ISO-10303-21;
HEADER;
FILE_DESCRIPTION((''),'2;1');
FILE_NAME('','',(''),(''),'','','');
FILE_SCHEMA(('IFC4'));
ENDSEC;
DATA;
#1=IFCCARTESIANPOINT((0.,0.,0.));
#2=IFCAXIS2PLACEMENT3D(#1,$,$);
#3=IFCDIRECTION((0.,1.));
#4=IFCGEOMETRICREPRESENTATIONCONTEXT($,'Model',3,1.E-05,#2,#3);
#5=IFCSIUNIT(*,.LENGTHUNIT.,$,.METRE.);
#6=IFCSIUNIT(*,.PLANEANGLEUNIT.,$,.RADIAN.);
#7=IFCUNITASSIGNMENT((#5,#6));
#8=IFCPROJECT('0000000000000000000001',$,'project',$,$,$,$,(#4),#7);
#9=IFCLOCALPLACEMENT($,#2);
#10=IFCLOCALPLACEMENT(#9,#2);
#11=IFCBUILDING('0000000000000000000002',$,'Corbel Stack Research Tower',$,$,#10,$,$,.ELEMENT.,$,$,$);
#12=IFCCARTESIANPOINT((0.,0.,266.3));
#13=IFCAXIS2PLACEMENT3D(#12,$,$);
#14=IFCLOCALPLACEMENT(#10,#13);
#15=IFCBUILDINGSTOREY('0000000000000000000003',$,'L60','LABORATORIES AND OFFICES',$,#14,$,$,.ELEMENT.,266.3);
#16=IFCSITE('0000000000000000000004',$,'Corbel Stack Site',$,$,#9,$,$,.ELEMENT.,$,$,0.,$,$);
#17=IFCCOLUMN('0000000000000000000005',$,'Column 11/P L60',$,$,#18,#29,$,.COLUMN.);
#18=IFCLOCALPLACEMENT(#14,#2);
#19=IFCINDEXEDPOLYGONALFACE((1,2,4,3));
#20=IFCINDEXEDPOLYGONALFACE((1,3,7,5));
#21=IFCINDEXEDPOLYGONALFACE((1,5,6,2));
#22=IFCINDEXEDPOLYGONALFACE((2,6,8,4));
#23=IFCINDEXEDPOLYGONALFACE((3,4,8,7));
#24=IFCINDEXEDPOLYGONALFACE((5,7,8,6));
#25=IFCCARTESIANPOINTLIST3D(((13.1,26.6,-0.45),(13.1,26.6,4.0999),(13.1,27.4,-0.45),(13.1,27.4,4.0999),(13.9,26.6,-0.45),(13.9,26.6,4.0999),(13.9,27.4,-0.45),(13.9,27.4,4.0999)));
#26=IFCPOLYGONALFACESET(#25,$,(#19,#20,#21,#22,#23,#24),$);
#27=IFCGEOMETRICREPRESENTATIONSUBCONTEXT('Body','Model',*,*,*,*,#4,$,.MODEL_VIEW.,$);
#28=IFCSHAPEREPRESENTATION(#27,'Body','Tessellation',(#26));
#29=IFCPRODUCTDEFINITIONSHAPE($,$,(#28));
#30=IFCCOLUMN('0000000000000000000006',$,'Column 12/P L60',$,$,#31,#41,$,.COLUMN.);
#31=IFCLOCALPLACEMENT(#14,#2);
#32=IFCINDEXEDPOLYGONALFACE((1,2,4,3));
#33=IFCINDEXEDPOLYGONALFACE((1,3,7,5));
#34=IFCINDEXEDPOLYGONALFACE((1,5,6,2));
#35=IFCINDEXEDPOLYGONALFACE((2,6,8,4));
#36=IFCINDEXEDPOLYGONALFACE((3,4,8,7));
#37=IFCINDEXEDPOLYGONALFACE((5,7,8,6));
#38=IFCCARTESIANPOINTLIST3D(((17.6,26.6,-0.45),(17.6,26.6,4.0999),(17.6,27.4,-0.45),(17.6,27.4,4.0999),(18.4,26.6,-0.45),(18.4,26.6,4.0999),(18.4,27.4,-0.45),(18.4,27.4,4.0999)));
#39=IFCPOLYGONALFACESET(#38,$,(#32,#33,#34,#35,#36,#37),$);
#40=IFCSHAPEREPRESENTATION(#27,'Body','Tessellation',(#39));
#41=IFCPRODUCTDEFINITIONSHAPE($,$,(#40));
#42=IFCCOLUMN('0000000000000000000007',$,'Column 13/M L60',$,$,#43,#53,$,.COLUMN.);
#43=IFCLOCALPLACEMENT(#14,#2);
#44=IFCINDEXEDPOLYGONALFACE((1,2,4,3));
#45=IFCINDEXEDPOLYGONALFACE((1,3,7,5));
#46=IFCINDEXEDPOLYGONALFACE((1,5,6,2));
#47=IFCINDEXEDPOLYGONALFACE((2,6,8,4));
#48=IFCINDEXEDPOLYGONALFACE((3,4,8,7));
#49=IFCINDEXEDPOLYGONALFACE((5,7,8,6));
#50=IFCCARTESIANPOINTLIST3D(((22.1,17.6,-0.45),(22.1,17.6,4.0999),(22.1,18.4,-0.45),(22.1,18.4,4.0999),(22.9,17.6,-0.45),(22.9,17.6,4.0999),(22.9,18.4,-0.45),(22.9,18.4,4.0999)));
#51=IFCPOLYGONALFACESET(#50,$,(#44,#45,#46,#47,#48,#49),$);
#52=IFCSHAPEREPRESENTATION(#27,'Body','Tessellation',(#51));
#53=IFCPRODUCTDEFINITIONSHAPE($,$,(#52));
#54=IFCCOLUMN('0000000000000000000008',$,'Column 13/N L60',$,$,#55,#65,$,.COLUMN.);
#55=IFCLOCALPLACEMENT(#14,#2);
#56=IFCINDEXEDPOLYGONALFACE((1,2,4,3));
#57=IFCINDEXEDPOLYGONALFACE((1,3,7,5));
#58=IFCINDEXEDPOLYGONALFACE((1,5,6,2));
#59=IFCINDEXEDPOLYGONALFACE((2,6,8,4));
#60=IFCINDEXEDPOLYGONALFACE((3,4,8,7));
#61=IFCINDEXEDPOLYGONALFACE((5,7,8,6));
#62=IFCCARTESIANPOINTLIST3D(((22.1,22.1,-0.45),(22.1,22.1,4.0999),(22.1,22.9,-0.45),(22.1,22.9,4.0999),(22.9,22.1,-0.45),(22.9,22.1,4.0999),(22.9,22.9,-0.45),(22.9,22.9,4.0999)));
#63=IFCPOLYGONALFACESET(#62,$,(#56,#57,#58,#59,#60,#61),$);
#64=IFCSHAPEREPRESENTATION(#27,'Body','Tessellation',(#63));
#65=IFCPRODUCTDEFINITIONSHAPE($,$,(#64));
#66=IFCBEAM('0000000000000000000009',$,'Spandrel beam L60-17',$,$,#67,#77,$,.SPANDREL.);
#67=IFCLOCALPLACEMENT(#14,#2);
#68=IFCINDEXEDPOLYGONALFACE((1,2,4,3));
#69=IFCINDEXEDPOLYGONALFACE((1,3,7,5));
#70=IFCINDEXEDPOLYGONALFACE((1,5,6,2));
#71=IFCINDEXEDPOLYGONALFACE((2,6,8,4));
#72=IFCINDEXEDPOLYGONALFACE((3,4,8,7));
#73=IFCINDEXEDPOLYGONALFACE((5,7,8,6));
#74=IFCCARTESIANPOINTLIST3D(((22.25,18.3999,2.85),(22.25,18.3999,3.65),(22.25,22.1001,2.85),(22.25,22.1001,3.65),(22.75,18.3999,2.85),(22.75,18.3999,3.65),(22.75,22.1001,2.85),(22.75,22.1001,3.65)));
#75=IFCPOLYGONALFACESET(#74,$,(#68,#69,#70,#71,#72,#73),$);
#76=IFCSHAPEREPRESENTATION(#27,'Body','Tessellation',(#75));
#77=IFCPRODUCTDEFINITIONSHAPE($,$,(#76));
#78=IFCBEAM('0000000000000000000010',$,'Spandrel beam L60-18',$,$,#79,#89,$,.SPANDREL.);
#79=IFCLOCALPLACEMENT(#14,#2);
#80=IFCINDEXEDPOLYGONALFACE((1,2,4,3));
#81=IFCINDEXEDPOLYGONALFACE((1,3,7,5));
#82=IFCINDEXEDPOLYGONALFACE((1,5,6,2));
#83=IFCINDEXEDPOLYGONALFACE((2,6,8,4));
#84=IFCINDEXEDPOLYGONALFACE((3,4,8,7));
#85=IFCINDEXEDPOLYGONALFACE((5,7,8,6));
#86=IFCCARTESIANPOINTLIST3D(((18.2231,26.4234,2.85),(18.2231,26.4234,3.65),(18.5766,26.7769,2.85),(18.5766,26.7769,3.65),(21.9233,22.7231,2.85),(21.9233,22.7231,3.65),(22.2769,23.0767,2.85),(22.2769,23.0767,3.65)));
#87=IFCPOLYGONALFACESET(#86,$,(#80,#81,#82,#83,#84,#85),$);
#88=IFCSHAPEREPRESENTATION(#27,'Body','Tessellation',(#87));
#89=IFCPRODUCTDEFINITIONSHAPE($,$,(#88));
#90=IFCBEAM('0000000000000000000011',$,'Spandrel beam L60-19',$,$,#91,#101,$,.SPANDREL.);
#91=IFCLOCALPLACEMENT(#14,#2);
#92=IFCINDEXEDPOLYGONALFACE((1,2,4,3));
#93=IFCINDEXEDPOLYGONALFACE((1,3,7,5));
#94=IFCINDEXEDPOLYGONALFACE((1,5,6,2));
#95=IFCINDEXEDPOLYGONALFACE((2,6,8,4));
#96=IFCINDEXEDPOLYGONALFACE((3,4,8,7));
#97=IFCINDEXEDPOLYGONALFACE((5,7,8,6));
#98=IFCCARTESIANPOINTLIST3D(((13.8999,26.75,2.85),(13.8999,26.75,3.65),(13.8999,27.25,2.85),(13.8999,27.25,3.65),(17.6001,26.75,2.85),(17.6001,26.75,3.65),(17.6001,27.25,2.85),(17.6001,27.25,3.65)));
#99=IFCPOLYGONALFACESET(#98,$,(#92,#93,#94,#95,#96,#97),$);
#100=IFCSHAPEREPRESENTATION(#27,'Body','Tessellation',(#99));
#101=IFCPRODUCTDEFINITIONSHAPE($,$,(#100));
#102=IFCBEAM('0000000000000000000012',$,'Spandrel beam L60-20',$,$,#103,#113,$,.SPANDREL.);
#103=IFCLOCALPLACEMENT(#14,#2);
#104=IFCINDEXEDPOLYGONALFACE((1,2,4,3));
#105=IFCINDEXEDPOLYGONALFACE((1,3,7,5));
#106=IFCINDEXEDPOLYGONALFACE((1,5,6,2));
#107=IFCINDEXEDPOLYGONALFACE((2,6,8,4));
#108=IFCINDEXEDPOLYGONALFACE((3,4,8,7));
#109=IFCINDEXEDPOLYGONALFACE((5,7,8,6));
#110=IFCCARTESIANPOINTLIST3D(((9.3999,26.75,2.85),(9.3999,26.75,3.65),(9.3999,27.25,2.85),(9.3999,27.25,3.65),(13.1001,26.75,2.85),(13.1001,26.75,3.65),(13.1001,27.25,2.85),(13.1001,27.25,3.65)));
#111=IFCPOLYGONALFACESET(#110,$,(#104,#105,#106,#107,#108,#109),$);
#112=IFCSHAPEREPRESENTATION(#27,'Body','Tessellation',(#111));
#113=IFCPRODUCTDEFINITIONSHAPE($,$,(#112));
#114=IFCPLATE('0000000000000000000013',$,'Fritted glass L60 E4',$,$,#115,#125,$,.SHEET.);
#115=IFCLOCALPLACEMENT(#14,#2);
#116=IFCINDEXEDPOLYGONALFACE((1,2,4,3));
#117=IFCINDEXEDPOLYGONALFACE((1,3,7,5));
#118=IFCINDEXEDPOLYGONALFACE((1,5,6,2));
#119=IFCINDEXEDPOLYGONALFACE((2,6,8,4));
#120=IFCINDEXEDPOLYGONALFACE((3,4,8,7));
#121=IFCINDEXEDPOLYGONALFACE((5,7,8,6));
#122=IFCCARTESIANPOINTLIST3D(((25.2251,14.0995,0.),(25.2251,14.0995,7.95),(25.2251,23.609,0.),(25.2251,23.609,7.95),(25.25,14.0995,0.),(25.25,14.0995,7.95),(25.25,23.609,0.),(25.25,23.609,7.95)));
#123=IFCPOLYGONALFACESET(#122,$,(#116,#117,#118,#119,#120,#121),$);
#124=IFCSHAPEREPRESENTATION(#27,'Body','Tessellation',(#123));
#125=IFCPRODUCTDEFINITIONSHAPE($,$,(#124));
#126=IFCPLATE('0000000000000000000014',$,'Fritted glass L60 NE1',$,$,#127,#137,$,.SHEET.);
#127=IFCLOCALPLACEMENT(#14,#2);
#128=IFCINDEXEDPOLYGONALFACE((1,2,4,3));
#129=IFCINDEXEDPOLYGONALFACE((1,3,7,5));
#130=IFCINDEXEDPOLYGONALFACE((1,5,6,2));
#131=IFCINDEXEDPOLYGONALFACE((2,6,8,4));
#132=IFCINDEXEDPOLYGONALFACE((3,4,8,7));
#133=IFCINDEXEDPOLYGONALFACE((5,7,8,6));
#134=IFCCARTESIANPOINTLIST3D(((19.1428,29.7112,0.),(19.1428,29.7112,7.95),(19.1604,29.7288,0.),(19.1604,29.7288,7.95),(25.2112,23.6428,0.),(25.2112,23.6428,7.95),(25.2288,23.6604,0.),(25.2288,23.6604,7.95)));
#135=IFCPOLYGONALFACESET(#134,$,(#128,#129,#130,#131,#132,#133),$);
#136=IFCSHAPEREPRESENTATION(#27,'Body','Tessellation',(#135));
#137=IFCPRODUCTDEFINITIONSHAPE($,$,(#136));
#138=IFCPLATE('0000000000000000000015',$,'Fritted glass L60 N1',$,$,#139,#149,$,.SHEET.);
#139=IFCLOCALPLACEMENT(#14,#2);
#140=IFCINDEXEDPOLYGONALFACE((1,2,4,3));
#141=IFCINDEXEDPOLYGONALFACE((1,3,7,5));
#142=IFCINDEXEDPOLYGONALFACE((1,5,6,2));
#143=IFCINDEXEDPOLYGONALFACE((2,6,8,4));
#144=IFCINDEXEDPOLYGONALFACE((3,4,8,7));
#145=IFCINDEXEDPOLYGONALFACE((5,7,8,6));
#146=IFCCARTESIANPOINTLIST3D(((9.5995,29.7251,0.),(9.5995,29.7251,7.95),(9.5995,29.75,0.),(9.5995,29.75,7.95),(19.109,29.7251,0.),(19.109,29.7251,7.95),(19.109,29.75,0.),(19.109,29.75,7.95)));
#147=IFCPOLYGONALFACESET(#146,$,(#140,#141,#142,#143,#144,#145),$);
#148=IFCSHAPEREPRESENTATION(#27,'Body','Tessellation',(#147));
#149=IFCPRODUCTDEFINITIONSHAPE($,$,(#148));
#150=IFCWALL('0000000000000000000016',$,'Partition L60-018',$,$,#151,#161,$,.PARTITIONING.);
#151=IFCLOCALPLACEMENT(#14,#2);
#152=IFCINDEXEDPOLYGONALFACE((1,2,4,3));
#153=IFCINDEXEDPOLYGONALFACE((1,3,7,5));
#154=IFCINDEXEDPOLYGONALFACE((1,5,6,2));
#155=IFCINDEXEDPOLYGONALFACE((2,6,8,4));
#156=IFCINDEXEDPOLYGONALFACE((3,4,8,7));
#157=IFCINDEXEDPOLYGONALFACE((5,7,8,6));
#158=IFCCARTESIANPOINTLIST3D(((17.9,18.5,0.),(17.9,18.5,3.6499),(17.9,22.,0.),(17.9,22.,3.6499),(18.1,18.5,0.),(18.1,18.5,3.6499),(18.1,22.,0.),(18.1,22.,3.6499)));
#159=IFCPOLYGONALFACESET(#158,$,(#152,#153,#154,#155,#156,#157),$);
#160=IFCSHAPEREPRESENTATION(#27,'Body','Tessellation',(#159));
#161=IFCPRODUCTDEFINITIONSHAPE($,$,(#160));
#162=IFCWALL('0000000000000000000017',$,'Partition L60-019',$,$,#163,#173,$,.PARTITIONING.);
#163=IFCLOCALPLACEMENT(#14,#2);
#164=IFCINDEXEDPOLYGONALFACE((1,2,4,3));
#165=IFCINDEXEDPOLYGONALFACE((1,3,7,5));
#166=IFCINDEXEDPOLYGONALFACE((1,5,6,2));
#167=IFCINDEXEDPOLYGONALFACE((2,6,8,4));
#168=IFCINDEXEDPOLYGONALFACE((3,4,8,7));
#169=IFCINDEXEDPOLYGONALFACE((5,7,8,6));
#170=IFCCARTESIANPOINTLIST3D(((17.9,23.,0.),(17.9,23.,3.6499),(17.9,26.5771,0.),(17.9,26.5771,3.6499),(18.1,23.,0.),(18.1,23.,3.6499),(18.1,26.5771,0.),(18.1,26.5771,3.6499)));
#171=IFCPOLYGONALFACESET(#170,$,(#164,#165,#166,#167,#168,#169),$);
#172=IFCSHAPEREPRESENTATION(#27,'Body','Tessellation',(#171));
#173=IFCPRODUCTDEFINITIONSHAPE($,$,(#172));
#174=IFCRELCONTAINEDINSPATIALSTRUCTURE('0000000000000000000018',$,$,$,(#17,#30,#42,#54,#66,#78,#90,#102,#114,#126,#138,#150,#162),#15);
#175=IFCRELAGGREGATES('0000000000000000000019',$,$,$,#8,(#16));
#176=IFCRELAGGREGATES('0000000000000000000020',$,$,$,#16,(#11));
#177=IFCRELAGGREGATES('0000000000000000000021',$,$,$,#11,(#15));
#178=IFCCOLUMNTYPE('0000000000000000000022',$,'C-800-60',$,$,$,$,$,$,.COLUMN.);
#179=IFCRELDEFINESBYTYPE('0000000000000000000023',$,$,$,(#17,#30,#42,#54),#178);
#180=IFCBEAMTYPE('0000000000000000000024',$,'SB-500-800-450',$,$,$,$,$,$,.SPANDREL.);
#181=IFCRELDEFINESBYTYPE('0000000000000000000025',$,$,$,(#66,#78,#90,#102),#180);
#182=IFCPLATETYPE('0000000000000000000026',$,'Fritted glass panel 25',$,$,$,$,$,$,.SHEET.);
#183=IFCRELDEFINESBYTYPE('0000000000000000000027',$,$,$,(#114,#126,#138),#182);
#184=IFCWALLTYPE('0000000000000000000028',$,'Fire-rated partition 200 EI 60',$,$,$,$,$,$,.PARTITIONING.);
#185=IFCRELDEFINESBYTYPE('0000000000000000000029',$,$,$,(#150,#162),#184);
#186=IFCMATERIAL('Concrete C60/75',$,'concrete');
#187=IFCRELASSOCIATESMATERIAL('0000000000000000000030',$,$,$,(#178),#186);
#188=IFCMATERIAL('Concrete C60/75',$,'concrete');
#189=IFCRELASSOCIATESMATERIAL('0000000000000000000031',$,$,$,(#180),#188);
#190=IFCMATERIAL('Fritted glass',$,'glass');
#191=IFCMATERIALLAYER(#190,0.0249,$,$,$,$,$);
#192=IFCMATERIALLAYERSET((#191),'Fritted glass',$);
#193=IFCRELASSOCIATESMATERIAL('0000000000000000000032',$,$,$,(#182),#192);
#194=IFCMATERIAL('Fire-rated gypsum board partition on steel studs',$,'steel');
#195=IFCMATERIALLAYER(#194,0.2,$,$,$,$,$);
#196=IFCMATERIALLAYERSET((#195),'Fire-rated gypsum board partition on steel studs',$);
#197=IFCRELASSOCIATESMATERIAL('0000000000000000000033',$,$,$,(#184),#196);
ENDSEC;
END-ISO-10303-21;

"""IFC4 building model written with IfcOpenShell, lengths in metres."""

from ifc_helpers import new_model, si_unit, direction, frame, frame_2d, origin, origin_2d, place, context, subcontext, project, spatial, rectangle, extrude, material, layer, layer_set, material_profile, profile_set, type_object, element, save


model = new_model("IFC4")

# Units and contexts
model_context = context("Model", 3, precision=1e-05, world=origin(), true_north=direction((0.0, 1.0)))
body_context = subcontext(model_context, "Body", "Model", "MODEL_VIEW")
ifc_project = project(units=[si_unit("LENGTHUNIT", "METRE"), si_unit("PLANEANGLEUNIT", "RADIAN")], contexts=[model_context])

# Site, building, storey
site_placement = place(None, origin())
site = spatial("IfcSite", under=ifc_project, at=site_placement, Name="Corbel Stack Site", CompositionType="ELEMENT", RefElevation=0.0)
building_placement = place(site_placement, origin())
building = spatial("IfcBuilding", under=site, at=building_placement, Name="Corbel Stack Research Tower", CompositionType="ELEMENT")
storey_placement = place(building_placement, frame((0.0, 0.0, 266.3)))
storey = spatial("IfcBuildingStorey", under=building, at=storey_placement, Name="L60", Description="LABORATORIES AND OFFICES", CompositionType="ELEMENT", Elevation=266.3)

# Columns
ifc_material_1 = material(Name="Concrete C60/75", Category="concrete")
ifc_material_profile_1 = material_profile(ifc_material_1, rectangle(XDim=0.8, YDim=0.8, at=origin_2d()), Name="RC 800 x 800")
ifc_profile_set_1 = profile_set([ifc_material_profile_1], Name="Concrete C60/75")
column_type = type_object("IfcColumnType", Name="C-800-60", PredefinedType="COLUMN", material=ifc_profile_set_1)
for number, where, z_axis, x_axis, name in (
    (1, (13.5, 27.0, -0.45), (0.0, 0.0, 1.0), (1.0, 0.0, 0.0), "Column 11/P L60"),
    (2, (18.0, 27.0, -0.45), (0.0, 0.0, 1.0), (1.0, 0.0, 0.0), "Column 12/P L60"),
    (3, (22.5, 18.0, -0.45), (0.0, 0.0, 1.0), (1.0, 0.0, 0.0), "Column 13/M L60"),
    (4, (22.5, 22.5, -0.45), (0.0, 0.0, 1.0), (1.0, 0.0, 0.0), "Column 13/N L60"),
):
    element("IfcColumn", number, at=place(storey_placement, frame(where, z_axis=z_axis, x_axis=x_axis)), inside=storey, type_object=column_type, Name=name, PredefinedType="COLUMN", context=body_context, shape_type="SweptSolid", body=[
        extrude(rectangle(XDim=0.8, YDim=0.8, at=origin_2d()), origin(), (0.0, 0.0, 1.0), 4.5498),
    ])

# Beams
ifc_material_2 = material(Name="Concrete C60/75", Category="concrete")
ifc_material_profile_2 = material_profile(ifc_material_2, rectangle(XDim=0.5, YDim=0.8, at=origin_2d()), Name="RC 500 x 800")
ifc_profile_set_2 = profile_set([ifc_material_profile_2], Name="Concrete C60/75")
beam_type = type_object("IfcBeamType", Name="SB-500-800-450", PredefinedType="SPANDREL", material=ifc_profile_set_2)
beam_1_placement = place(storey_placement, frame((22.5, 18.3999, 3.25), z_axis=(0.0, 1.0, 0.0), x_axis=(-1.0, 0.0, 0.0)))
element("IfcBeam", 5, at=beam_1_placement, inside=storey, type_object=beam_type, Name="Spandrel beam L60-17", PredefinedType="SPANDREL", context=body_context, shape_type="SweptSolid", body=[
    extrude(rectangle(XDim=0.5, YDim=0.8, at=origin_2d()), origin(), (0.0, 0.0, 1.0), 3.7002),
])
beam_2_placement = place(storey_placement, frame((22.1001, 22.8999, 3.25), z_axis=(-0.707107, 0.707107, 0.0), x_axis=(-0.707107, -0.707107, 0.0)))
element("IfcBeam", 6, at=beam_2_placement, inside=storey, type_object=beam_type, Name="Spandrel beam L60-18", PredefinedType="SPANDREL", context=body_context, shape_type="SweptSolid", body=[
    extrude(rectangle(XDim=0.5, YDim=0.8, at=origin_2d()), origin(), (0.0, 0.0, 1.0), 5.2329),
])
for number, where, z_axis, x_axis, name in (
    (7, (17.6001, 27.0, 3.25), (-1.0, 0.0, 0.0), (0.0, -1.0, 0.0), "Spandrel beam L60-19"),
    (8, (13.1001, 27.0, 3.25), (-1.0, 0.0, 0.0), (0.0, -1.0, 0.0), "Spandrel beam L60-20"),
):
    element("IfcBeam", number, at=place(storey_placement, frame(where, z_axis=z_axis, x_axis=x_axis)), inside=storey, type_object=beam_type, Name=name, PredefinedType="SPANDREL", context=body_context, shape_type="SweptSolid", body=[
        extrude(rectangle(XDim=0.5, YDim=0.8, at=origin_2d()), origin(), (0.0, 0.0, 1.0), 3.7002),
    ])

# Plates
ifc_material_3 = material(Name="Fritted glass", Category="glass")
ifc_layer_1 = layer(ifc_material_3, 0.0249)
ifc_layer_set_1 = layer_set([ifc_layer_1], Name="Fritted glass")
plate_type = type_object("IfcPlateType", Name="Fritted glass panel 25", PredefinedType="SHEET", material=ifc_layer_set_1)
plate_1_placement = place(storey_placement, frame((25.2375, 18.8542, 0.0), z_axis=(0.0, 0.0, 1.0), x_axis=(0.0, 1.0, 0.0)))
element("IfcPlate", 9, at=plate_1_placement, inside=storey, type_object=plate_type, Name="Fritted glass L60 E4", PredefinedType="SHEET", context=body_context, shape_type="SweptSolid", body=[
    extrude(rectangle(XDim=9.5095, YDim=0.0249, at=origin_2d()), origin(), (0.0, 0.0, 1.0), 7.95),
])
plate_2_placement = place(storey_placement, frame((22.1858, 26.6858, 0.0), z_axis=(0.0, 0.0, 1.0), x_axis=(-0.707107, 0.707107, 0.0)))
element("IfcPlate", 10, at=plate_2_placement, inside=storey, type_object=plate_type, Name="Fritted glass L60 NE1", PredefinedType="SHEET", context=body_context, shape_type="SweptSolid", body=[
    extrude(rectangle(XDim=8.582, YDim=0.0249, at=origin_2d()), origin(), (0.0, 0.0, 1.0), 7.95),
])
plate_3_placement = place(storey_placement, frame((14.3542, 29.7375, 0.0), z_axis=(0.0, 0.0, 1.0), x_axis=(-1.0, 0.0, 0.0)))
element("IfcPlate", 11, at=plate_3_placement, inside=storey, type_object=plate_type, Name="Fritted glass L60 N1", PredefinedType="SHEET", context=body_context, shape_type="SweptSolid", body=[
    extrude(rectangle(XDim=9.5095, YDim=0.0249, at=origin_2d()), origin(), (0.0, 0.0, 1.0), 7.95),
])

# Walls
ifc_material_4 = material(Name="Fire-rated gypsum board partition on steel studs", Category="steel")
ifc_layer_2 = layer(ifc_material_4, 0.2)
ifc_layer_set_2 = layer_set([ifc_layer_2], Name="Fire-rated gypsum board partition on steel studs")
wall_type_1 = type_object("IfcWallType", Name="Fire-rated partition 200 EI 60", PredefinedType="PARTITIONING", material=ifc_layer_set_2)
wall_1_placement = place(storey_placement, frame((18.0, 18.5, 0.0), z_axis=(0.0, 0.0, 1.0), x_axis=(0.0, 1.0, 0.0)))
element("IfcWall", 12, at=wall_1_placement, inside=storey, type_object=wall_type_1, Name="Partition L60-018", PredefinedType="PARTITIONING", context=body_context, shape_type="SweptSolid", body=[
    extrude(rectangle(XDim=3.5, YDim=0.2, at=frame_2d((1.75, 0.0))), origin(), (0.0, 0.0, 1.0), 3.6499),
])
wall_2_placement = place(storey_placement, frame((18.0, 23.0, 0.0), z_axis=(0.0, 0.0, 1.0), x_axis=(0.0, 1.0, 0.0)))
element("IfcWall", 13, at=wall_2_placement, inside=storey, type_object=wall_type_1, Name="Partition L60-019", PredefinedType="PARTITIONING", context=body_context, shape_type="SweptSolid", body=[
    extrude(rectangle(XDim=3.5771, YDim=0.2, at=frame_2d((1.7886, 0.0))), origin(), (0.0, 0.0, 1.0), 3.6499),
])

save(model, "model.ifc")
